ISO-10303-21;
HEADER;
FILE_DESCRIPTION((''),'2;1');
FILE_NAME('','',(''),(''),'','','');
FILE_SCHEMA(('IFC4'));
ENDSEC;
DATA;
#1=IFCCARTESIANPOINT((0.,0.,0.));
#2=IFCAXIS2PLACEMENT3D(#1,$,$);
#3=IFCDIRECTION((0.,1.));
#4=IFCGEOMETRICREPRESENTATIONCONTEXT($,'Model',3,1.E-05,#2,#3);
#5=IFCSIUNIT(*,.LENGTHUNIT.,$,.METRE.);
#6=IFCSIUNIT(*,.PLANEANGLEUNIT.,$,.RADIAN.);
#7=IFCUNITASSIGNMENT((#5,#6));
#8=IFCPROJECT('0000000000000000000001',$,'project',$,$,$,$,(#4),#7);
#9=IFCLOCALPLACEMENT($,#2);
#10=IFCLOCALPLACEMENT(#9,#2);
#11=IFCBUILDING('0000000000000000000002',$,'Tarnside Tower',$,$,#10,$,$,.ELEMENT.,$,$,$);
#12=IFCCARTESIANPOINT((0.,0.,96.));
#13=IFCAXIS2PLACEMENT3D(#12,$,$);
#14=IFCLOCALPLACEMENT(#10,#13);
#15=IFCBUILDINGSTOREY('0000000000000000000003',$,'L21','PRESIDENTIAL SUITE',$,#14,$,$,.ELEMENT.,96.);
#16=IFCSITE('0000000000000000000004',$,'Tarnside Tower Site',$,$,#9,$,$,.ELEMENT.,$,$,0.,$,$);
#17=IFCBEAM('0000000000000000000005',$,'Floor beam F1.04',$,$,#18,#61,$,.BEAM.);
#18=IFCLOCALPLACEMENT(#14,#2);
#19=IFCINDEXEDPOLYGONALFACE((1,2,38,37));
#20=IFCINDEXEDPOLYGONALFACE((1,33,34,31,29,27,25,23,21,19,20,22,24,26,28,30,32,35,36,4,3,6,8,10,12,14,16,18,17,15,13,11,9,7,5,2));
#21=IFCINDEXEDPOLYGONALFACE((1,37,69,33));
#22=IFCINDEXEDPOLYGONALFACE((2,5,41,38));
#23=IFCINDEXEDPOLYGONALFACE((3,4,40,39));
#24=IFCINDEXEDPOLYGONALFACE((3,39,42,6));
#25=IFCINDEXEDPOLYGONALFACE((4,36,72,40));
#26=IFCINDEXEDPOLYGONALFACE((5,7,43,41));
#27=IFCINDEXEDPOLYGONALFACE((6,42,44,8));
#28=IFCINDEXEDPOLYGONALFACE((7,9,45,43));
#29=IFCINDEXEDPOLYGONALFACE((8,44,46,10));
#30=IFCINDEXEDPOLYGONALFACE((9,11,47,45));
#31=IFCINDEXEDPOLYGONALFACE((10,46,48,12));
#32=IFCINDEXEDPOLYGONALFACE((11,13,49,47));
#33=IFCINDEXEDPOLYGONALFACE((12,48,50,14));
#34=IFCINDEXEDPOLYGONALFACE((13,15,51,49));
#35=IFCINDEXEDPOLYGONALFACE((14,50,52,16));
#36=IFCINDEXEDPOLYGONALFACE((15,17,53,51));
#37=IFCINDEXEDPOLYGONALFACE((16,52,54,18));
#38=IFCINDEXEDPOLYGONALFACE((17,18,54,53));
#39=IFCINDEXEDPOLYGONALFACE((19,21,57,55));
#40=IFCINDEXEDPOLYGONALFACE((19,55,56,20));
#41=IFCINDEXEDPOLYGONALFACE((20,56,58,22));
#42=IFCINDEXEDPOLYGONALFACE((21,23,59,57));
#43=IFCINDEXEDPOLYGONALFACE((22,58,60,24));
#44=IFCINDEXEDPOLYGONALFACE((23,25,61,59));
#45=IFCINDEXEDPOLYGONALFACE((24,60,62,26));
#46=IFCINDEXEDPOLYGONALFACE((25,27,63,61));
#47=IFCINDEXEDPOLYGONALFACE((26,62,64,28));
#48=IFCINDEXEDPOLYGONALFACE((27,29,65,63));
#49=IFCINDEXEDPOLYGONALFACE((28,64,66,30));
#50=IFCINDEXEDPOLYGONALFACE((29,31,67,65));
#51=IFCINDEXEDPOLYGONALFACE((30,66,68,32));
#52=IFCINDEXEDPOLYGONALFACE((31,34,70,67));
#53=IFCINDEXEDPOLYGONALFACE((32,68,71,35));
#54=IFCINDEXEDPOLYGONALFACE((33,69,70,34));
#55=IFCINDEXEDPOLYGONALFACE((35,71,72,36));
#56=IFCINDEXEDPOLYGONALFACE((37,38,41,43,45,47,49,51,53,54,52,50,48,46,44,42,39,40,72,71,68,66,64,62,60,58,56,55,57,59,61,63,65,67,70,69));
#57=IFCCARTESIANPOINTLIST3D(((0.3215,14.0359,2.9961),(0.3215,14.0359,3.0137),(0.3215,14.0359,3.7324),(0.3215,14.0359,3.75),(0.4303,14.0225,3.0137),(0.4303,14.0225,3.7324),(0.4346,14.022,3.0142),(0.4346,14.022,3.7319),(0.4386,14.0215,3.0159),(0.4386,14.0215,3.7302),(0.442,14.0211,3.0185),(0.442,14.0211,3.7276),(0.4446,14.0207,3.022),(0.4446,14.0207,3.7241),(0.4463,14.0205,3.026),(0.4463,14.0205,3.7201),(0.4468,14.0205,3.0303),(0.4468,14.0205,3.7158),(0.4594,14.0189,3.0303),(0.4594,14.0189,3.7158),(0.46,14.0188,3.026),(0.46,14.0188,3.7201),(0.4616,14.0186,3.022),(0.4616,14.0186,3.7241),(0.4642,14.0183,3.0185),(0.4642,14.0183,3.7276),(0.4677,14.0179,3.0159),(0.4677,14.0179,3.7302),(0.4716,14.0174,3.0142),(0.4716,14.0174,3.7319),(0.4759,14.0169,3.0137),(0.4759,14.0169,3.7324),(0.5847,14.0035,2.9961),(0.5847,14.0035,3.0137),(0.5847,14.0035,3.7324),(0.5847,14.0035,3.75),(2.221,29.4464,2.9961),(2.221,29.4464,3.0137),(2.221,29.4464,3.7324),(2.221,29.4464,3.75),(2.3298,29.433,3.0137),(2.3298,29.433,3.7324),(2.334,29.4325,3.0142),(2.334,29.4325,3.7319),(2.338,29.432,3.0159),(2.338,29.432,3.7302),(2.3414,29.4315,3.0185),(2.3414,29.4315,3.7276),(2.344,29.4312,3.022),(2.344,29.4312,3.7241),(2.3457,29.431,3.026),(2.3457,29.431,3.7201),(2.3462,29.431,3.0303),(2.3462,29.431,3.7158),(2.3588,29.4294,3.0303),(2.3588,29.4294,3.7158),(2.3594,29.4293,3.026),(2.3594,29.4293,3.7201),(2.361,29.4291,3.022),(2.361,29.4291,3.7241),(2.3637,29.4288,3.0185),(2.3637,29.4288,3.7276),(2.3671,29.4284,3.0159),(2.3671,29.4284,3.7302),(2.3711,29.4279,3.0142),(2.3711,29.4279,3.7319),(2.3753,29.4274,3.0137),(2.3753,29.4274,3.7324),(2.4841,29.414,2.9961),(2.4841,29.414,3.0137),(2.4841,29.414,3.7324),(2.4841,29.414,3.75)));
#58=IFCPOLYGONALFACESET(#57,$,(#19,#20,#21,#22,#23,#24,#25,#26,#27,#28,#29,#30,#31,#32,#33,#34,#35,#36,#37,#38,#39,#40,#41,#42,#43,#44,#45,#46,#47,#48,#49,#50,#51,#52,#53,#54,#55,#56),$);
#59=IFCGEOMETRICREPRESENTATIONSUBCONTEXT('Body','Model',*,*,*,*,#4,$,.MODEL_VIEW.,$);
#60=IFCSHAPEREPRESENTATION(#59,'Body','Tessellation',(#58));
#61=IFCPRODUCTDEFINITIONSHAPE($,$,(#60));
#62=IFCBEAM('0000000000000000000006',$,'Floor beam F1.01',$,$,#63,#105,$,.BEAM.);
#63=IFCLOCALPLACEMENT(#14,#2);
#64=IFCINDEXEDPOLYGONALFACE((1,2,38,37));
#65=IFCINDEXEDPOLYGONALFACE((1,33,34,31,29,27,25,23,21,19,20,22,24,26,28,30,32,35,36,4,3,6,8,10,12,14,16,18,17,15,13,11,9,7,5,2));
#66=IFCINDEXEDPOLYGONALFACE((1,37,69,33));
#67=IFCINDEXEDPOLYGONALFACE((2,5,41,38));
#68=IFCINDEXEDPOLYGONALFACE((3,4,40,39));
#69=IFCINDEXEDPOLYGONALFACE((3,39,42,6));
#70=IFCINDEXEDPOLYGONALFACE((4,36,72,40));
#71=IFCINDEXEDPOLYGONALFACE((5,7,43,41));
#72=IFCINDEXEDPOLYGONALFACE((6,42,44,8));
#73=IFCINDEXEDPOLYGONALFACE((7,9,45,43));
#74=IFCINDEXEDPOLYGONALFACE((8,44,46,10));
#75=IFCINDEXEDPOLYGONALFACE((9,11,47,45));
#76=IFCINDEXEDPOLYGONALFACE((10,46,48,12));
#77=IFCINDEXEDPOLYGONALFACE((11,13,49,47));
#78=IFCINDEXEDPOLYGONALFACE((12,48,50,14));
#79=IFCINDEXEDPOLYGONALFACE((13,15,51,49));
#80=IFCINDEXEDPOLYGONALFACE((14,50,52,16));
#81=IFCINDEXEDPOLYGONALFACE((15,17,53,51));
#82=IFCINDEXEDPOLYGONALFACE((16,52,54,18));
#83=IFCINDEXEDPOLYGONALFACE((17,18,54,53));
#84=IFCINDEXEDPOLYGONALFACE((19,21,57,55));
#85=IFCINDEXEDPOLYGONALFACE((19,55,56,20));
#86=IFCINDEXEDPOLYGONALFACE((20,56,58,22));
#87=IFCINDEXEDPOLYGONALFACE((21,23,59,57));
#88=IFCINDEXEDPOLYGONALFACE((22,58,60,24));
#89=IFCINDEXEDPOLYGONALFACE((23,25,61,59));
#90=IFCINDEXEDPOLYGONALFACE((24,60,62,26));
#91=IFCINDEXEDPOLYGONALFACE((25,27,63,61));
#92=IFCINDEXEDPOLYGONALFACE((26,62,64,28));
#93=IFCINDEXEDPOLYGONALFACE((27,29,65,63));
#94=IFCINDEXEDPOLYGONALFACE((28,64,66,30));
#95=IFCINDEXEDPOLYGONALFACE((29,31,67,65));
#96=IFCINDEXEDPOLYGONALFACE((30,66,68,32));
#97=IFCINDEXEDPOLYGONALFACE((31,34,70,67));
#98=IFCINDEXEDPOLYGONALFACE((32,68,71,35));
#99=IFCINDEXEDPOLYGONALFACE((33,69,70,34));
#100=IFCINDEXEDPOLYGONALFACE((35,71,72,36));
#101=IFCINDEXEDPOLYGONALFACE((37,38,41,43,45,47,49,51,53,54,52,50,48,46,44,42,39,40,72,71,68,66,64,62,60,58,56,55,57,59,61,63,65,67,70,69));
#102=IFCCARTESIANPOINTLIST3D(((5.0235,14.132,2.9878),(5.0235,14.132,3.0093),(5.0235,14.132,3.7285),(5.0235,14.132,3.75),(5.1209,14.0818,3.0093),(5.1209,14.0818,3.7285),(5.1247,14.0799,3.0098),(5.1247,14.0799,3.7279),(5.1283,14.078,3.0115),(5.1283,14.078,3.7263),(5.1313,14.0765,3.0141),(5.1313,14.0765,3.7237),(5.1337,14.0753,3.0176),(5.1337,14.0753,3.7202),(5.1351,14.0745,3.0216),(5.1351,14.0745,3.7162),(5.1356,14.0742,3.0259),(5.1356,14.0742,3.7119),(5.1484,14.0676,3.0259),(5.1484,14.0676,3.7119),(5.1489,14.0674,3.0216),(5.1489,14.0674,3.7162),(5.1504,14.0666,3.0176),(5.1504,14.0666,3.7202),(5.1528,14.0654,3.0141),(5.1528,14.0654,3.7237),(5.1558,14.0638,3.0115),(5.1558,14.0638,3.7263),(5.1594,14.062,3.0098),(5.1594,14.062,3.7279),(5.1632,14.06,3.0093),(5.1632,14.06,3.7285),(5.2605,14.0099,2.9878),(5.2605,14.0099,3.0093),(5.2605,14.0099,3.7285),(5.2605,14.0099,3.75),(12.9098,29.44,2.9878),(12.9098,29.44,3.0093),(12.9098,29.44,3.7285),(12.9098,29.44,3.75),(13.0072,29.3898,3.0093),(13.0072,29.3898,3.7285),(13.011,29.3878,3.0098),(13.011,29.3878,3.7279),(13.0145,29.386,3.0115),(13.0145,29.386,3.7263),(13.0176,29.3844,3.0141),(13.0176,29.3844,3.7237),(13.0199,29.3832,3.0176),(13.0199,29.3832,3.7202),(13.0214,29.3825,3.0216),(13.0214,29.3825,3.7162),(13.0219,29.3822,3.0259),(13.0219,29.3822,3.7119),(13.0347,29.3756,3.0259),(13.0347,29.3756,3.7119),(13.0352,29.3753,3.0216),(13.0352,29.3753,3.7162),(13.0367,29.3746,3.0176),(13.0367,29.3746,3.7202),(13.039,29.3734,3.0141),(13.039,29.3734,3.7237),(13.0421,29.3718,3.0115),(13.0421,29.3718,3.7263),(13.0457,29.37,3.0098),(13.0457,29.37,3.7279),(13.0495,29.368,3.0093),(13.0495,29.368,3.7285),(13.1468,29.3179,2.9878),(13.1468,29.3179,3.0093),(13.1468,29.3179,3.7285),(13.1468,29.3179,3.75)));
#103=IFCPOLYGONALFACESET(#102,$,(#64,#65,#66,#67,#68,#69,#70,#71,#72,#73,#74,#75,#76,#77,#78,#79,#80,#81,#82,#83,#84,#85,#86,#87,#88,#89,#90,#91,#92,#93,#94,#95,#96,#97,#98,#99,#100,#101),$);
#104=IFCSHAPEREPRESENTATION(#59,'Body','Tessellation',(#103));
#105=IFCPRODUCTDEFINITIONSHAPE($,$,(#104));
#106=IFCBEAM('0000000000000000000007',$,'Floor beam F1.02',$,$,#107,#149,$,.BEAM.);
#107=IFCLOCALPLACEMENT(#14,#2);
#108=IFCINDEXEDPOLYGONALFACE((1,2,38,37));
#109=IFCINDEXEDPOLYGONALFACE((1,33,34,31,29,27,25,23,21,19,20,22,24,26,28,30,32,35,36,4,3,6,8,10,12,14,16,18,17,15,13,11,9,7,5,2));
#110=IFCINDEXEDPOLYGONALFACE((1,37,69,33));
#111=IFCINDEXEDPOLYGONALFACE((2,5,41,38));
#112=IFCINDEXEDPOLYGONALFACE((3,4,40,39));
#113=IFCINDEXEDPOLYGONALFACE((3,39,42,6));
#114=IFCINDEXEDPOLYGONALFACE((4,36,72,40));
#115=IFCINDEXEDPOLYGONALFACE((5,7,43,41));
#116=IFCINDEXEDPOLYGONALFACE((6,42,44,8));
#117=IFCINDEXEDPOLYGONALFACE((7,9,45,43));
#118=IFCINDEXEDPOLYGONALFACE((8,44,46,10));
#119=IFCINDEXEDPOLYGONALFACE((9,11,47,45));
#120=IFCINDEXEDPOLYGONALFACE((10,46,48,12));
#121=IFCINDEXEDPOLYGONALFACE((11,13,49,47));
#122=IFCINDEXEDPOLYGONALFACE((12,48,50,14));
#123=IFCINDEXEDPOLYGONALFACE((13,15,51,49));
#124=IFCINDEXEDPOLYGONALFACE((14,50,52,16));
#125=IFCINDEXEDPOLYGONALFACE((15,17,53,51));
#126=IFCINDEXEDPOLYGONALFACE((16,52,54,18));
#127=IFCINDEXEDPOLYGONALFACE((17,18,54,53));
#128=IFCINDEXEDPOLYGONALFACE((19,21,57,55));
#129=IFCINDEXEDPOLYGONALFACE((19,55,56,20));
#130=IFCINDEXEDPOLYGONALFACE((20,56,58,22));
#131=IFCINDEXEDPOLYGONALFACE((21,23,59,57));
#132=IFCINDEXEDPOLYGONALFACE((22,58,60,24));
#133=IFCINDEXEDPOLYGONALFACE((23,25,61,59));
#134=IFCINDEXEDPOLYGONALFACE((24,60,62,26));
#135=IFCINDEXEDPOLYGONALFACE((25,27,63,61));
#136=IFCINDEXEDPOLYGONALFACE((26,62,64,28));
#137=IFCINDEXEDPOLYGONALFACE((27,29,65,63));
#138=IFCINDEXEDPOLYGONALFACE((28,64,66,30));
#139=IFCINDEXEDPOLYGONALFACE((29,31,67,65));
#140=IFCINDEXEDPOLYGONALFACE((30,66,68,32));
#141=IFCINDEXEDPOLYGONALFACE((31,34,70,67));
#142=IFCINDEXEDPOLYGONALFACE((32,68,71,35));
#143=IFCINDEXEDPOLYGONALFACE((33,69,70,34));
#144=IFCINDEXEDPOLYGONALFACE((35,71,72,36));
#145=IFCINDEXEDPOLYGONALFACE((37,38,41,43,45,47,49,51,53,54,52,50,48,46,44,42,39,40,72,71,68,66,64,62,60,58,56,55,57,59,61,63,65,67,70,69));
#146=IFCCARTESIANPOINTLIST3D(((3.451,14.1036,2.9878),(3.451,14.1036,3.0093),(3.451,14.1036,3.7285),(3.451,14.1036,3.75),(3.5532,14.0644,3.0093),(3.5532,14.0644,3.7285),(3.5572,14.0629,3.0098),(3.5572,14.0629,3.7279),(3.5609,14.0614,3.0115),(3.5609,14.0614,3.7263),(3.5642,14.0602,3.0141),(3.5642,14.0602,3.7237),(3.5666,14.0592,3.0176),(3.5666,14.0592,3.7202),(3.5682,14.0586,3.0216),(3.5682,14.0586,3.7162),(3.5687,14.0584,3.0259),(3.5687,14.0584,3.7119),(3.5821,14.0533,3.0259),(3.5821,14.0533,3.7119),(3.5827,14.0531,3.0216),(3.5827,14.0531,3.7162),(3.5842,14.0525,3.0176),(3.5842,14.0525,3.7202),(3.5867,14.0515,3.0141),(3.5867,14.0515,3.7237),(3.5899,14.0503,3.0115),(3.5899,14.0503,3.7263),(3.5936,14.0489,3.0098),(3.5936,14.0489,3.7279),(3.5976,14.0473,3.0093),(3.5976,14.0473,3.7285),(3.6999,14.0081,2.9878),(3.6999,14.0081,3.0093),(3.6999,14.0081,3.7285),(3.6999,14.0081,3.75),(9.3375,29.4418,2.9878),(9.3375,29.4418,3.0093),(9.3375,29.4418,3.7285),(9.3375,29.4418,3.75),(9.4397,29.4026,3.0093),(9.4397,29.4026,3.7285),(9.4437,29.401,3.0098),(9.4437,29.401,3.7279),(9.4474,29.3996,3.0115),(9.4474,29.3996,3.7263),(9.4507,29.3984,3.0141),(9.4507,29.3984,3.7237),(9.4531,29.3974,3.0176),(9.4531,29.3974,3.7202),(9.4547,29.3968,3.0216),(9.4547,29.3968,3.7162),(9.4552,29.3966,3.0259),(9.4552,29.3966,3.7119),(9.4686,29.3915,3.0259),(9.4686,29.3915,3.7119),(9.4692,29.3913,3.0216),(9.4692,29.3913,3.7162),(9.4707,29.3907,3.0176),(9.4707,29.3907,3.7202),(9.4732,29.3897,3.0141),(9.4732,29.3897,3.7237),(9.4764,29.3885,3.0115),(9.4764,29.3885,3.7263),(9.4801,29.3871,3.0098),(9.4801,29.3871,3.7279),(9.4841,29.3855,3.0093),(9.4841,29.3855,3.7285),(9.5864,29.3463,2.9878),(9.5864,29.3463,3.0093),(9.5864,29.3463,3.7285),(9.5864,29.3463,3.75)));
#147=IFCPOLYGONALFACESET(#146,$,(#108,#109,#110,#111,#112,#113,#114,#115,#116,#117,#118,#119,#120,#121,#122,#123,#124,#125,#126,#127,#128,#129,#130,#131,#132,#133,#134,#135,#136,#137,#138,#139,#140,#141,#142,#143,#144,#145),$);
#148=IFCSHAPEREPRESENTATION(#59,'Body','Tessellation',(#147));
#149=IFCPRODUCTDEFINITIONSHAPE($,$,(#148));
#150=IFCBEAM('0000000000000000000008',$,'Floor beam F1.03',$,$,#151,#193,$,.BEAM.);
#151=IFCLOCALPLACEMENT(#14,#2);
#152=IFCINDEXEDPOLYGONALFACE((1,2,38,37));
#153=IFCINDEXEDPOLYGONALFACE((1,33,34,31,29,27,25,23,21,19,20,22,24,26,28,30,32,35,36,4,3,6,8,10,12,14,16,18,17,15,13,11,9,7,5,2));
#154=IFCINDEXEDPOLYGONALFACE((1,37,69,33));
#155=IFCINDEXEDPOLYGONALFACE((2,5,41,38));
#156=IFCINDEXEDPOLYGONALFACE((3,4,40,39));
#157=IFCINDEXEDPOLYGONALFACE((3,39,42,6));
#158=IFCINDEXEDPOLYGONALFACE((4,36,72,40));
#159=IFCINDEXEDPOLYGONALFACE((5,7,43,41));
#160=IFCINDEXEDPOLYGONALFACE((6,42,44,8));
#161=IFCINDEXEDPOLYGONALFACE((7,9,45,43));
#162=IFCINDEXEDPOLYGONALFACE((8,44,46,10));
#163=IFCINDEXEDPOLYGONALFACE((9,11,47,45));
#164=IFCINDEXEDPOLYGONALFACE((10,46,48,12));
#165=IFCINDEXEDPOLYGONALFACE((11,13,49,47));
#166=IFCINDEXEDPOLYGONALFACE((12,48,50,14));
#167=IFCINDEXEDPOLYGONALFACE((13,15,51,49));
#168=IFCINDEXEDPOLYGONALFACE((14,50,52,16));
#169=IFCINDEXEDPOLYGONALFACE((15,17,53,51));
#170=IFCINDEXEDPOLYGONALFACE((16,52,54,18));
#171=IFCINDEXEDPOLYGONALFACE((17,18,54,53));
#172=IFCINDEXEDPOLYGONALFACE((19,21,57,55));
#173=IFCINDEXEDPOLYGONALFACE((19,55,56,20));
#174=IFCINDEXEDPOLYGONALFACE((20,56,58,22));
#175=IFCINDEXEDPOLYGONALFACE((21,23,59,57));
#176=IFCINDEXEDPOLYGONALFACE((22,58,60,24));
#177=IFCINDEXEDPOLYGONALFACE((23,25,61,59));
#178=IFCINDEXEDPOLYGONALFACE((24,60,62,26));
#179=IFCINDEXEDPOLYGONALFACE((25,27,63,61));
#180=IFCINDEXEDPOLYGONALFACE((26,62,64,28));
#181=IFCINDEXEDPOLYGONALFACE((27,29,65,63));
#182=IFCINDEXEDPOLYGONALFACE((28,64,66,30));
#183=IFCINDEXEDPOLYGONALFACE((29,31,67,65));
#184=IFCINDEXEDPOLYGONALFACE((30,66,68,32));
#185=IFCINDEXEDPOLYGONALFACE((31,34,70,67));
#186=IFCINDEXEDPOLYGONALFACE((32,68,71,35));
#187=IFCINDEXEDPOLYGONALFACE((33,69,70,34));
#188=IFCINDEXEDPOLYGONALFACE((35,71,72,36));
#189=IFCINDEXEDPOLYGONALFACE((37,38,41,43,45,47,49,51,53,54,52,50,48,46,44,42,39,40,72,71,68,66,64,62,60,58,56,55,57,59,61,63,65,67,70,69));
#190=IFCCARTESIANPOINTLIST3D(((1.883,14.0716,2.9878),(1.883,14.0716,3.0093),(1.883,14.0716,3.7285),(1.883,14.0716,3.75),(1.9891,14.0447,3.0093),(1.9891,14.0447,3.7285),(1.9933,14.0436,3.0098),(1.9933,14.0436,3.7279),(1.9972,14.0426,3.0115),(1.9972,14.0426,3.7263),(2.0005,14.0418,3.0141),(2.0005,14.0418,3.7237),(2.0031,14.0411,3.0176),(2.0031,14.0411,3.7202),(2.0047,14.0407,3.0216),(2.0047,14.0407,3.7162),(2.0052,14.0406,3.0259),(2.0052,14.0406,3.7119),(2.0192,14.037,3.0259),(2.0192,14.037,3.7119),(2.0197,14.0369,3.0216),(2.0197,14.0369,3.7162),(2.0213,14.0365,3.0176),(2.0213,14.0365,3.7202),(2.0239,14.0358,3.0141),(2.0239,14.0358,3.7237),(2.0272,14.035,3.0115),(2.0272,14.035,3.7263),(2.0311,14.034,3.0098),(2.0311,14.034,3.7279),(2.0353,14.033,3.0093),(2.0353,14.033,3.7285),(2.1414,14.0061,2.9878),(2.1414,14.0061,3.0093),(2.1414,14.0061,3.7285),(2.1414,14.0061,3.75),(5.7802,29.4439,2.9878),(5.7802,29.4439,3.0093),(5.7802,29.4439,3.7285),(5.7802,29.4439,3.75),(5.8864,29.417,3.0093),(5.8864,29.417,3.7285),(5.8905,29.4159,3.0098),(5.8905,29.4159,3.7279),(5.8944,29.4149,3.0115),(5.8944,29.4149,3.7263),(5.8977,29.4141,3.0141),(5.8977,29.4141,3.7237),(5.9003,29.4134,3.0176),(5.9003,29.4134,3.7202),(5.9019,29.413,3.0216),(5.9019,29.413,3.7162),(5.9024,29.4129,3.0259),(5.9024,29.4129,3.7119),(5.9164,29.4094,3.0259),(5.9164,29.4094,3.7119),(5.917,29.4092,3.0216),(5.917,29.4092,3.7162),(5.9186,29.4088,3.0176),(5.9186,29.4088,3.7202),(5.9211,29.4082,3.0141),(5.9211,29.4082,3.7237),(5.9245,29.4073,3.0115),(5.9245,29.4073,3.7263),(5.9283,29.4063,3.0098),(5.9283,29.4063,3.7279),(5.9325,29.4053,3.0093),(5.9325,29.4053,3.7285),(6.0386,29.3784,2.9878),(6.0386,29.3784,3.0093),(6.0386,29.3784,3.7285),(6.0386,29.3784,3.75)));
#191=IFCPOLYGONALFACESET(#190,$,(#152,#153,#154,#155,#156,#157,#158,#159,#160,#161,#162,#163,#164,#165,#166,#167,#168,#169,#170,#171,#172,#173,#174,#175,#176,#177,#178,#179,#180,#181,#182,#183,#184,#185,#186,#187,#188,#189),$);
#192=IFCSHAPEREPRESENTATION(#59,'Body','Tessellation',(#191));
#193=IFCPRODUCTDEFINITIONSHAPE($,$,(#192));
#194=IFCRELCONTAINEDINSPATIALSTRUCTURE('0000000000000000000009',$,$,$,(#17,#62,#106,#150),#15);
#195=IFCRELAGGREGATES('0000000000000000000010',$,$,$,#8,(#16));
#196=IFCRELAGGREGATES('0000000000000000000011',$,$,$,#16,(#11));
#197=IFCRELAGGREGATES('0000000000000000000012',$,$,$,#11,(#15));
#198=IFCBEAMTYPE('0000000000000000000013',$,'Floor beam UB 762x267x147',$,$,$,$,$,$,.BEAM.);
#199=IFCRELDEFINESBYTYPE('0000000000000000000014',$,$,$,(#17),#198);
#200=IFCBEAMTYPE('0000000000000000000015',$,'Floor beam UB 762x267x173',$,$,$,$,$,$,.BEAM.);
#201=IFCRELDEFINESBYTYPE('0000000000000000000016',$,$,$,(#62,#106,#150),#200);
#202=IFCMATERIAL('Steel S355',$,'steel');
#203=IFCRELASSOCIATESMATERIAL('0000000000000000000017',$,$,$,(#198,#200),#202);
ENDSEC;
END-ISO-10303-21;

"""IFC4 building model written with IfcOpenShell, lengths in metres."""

from ifc_helpers import new_model, si_unit, direction, frame, origin, origin_2d, place, context, subcontext, project, spatial, i_section, extrude, material, material_profile, profile_set, type_object, element, save


model = new_model("IFC4")

# Units and contexts
model_context = context("Model", 3, precision=1e-05, world=origin(), true_north=direction((0.0, 1.0)))
body_context = subcontext(model_context, "Body", "Model", "MODEL_VIEW")
ifc_project = project(units=[si_unit("LENGTHUNIT", "METRE"), si_unit("PLANEANGLEUNIT", "RADIAN")], contexts=[model_context])

# Site, building, storey
site_placement = place(None, origin())
site = spatial("IfcSite", under=ifc_project, at=site_placement, Name="Tarnside Tower Site", CompositionType="ELEMENT", RefElevation=0.0)
building_placement = place(site_placement, origin())
building = spatial("IfcBuilding", under=site, at=building_placement, Name="Tarnside Tower", CompositionType="ELEMENT")
storey_placement = place(building_placement, frame((0.0, 0.0, 96.0)))
storey = spatial("IfcBuildingStorey", under=building, at=storey_placement, Name="L21", Description="PRESIDENTIAL SUITE", CompositionType="ELEMENT", Elevation=96.0)

# Beams
ifc_material_1 = material(Name="Steel S355", Category="steel")
ifc_material_profile_1 = material_profile(ifc_material_1, i_section(OverallWidth=0.2651, OverallDepth=0.7539, WebThickness=0.0127, FlangeThickness=0.0176, FilletRadius=0.0166, at=origin_2d()), Name="UB 762x267x147")
ifc_profile_set_1 = profile_set([ifc_material_profile_1], Name="Steel S355")
beam_type_1 = type_object("IfcBeamType", Name="Floor beam UB 762x267x147", PredefinedType="BEAM", material=ifc_profile_set_1)
beam_1_placement = place(storey_placement, frame((2.3525, 29.4302, 3.373), z_axis=(-0.12233, -0.99249, 0.0), x_axis=(0.99249, -0.12233, 0.0)))
element("IfcBeam", 1, at=beam_1_placement, inside=storey, type_object=beam_type_1, Name="Floor beam F1.04", PredefinedType="BEAM", context=body_context, shape_type="SweptSolid", body=[
    extrude(i_section(OverallWidth=0.2651, OverallDepth=0.7539, WebThickness=0.0127, FlangeThickness=0.0176, FilletRadius=0.0166, at=origin_2d()), origin(), (0.0, 0.0, 1.0), 15.5271),
])
ifc_material_profile_2 = material_profile(ifc_material_1, i_section(OverallWidth=0.2666, OverallDepth=0.7622, WebThickness=0.0144, FlangeThickness=0.0215, FilletRadius=0.0166, at=origin_2d()), Name="UB 762x267x173")
ifc_profile_set_2 = profile_set([ifc_material_profile_2], Name="Steel S355")
beam_type_2 = type_object("IfcBeamType", Name="Floor beam UB 762x267x173", PredefinedType="BEAM", material=ifc_profile_set_2)
beam_2_placement = place(storey_placement, frame((13.0283, 29.3789, 3.3689), z_axis=(-0.457973, -0.888966, 0.0), x_axis=(0.888966, -0.457973, 0.0)))
element("IfcBeam", 2, at=beam_2_placement, inside=storey, type_object=beam_type_2, Name="Floor beam F1.01", PredefinedType="BEAM", context=body_context, shape_type="SweptSolid", body=[
    extrude(i_section(OverallWidth=0.2666, OverallDepth=0.7622, WebThickness=0.0144, FlangeThickness=0.0215, FilletRadius=0.0166, at=origin_2d()), origin(), (0.0, 0.0, 1.0), 17.22),
])
beam_3_placement = place(storey_placement, frame((9.4619, 29.394, 3.3689), z_axis=(-0.3583, -0.933607, 0.0), x_axis=(0.933607, -0.3583, 0.0)))
element("IfcBeam", 3, at=beam_3_placement, inside=storey, type_object=beam_type_2, Name="Floor beam F1.02", PredefinedType="BEAM", context=body_context, shape_type="SweptSolid", body=[
    extrude(i_section(OverallWidth=0.2666, OverallDepth=0.7622, WebThickness=0.0144, FlangeThickness=0.0215, FilletRadius=0.0166, at=origin_2d()), origin(), (0.0, 0.0, 1.0), 16.429),
])
beam_4_placement = place(storey_placement, frame((5.9094, 29.4111, 3.3689), z_axis=(-0.245747, -0.969334, 0.0), x_axis=(0.969334, -0.245747, 0.0)))
element("IfcBeam", 4, at=beam_4_placement, inside=storey, type_object=beam_type_2, Name="Floor beam F1.03", PredefinedType="BEAM", context=body_context, shape_type="SweptSolid", body=[
    extrude(i_section(OverallWidth=0.2666, OverallDepth=0.7622, WebThickness=0.0144, FlangeThickness=0.0215, FilletRadius=0.0166, at=origin_2d()), origin(), (0.0, 0.0, 1.0), 15.8586),
])

save(model, "model.ifc")
